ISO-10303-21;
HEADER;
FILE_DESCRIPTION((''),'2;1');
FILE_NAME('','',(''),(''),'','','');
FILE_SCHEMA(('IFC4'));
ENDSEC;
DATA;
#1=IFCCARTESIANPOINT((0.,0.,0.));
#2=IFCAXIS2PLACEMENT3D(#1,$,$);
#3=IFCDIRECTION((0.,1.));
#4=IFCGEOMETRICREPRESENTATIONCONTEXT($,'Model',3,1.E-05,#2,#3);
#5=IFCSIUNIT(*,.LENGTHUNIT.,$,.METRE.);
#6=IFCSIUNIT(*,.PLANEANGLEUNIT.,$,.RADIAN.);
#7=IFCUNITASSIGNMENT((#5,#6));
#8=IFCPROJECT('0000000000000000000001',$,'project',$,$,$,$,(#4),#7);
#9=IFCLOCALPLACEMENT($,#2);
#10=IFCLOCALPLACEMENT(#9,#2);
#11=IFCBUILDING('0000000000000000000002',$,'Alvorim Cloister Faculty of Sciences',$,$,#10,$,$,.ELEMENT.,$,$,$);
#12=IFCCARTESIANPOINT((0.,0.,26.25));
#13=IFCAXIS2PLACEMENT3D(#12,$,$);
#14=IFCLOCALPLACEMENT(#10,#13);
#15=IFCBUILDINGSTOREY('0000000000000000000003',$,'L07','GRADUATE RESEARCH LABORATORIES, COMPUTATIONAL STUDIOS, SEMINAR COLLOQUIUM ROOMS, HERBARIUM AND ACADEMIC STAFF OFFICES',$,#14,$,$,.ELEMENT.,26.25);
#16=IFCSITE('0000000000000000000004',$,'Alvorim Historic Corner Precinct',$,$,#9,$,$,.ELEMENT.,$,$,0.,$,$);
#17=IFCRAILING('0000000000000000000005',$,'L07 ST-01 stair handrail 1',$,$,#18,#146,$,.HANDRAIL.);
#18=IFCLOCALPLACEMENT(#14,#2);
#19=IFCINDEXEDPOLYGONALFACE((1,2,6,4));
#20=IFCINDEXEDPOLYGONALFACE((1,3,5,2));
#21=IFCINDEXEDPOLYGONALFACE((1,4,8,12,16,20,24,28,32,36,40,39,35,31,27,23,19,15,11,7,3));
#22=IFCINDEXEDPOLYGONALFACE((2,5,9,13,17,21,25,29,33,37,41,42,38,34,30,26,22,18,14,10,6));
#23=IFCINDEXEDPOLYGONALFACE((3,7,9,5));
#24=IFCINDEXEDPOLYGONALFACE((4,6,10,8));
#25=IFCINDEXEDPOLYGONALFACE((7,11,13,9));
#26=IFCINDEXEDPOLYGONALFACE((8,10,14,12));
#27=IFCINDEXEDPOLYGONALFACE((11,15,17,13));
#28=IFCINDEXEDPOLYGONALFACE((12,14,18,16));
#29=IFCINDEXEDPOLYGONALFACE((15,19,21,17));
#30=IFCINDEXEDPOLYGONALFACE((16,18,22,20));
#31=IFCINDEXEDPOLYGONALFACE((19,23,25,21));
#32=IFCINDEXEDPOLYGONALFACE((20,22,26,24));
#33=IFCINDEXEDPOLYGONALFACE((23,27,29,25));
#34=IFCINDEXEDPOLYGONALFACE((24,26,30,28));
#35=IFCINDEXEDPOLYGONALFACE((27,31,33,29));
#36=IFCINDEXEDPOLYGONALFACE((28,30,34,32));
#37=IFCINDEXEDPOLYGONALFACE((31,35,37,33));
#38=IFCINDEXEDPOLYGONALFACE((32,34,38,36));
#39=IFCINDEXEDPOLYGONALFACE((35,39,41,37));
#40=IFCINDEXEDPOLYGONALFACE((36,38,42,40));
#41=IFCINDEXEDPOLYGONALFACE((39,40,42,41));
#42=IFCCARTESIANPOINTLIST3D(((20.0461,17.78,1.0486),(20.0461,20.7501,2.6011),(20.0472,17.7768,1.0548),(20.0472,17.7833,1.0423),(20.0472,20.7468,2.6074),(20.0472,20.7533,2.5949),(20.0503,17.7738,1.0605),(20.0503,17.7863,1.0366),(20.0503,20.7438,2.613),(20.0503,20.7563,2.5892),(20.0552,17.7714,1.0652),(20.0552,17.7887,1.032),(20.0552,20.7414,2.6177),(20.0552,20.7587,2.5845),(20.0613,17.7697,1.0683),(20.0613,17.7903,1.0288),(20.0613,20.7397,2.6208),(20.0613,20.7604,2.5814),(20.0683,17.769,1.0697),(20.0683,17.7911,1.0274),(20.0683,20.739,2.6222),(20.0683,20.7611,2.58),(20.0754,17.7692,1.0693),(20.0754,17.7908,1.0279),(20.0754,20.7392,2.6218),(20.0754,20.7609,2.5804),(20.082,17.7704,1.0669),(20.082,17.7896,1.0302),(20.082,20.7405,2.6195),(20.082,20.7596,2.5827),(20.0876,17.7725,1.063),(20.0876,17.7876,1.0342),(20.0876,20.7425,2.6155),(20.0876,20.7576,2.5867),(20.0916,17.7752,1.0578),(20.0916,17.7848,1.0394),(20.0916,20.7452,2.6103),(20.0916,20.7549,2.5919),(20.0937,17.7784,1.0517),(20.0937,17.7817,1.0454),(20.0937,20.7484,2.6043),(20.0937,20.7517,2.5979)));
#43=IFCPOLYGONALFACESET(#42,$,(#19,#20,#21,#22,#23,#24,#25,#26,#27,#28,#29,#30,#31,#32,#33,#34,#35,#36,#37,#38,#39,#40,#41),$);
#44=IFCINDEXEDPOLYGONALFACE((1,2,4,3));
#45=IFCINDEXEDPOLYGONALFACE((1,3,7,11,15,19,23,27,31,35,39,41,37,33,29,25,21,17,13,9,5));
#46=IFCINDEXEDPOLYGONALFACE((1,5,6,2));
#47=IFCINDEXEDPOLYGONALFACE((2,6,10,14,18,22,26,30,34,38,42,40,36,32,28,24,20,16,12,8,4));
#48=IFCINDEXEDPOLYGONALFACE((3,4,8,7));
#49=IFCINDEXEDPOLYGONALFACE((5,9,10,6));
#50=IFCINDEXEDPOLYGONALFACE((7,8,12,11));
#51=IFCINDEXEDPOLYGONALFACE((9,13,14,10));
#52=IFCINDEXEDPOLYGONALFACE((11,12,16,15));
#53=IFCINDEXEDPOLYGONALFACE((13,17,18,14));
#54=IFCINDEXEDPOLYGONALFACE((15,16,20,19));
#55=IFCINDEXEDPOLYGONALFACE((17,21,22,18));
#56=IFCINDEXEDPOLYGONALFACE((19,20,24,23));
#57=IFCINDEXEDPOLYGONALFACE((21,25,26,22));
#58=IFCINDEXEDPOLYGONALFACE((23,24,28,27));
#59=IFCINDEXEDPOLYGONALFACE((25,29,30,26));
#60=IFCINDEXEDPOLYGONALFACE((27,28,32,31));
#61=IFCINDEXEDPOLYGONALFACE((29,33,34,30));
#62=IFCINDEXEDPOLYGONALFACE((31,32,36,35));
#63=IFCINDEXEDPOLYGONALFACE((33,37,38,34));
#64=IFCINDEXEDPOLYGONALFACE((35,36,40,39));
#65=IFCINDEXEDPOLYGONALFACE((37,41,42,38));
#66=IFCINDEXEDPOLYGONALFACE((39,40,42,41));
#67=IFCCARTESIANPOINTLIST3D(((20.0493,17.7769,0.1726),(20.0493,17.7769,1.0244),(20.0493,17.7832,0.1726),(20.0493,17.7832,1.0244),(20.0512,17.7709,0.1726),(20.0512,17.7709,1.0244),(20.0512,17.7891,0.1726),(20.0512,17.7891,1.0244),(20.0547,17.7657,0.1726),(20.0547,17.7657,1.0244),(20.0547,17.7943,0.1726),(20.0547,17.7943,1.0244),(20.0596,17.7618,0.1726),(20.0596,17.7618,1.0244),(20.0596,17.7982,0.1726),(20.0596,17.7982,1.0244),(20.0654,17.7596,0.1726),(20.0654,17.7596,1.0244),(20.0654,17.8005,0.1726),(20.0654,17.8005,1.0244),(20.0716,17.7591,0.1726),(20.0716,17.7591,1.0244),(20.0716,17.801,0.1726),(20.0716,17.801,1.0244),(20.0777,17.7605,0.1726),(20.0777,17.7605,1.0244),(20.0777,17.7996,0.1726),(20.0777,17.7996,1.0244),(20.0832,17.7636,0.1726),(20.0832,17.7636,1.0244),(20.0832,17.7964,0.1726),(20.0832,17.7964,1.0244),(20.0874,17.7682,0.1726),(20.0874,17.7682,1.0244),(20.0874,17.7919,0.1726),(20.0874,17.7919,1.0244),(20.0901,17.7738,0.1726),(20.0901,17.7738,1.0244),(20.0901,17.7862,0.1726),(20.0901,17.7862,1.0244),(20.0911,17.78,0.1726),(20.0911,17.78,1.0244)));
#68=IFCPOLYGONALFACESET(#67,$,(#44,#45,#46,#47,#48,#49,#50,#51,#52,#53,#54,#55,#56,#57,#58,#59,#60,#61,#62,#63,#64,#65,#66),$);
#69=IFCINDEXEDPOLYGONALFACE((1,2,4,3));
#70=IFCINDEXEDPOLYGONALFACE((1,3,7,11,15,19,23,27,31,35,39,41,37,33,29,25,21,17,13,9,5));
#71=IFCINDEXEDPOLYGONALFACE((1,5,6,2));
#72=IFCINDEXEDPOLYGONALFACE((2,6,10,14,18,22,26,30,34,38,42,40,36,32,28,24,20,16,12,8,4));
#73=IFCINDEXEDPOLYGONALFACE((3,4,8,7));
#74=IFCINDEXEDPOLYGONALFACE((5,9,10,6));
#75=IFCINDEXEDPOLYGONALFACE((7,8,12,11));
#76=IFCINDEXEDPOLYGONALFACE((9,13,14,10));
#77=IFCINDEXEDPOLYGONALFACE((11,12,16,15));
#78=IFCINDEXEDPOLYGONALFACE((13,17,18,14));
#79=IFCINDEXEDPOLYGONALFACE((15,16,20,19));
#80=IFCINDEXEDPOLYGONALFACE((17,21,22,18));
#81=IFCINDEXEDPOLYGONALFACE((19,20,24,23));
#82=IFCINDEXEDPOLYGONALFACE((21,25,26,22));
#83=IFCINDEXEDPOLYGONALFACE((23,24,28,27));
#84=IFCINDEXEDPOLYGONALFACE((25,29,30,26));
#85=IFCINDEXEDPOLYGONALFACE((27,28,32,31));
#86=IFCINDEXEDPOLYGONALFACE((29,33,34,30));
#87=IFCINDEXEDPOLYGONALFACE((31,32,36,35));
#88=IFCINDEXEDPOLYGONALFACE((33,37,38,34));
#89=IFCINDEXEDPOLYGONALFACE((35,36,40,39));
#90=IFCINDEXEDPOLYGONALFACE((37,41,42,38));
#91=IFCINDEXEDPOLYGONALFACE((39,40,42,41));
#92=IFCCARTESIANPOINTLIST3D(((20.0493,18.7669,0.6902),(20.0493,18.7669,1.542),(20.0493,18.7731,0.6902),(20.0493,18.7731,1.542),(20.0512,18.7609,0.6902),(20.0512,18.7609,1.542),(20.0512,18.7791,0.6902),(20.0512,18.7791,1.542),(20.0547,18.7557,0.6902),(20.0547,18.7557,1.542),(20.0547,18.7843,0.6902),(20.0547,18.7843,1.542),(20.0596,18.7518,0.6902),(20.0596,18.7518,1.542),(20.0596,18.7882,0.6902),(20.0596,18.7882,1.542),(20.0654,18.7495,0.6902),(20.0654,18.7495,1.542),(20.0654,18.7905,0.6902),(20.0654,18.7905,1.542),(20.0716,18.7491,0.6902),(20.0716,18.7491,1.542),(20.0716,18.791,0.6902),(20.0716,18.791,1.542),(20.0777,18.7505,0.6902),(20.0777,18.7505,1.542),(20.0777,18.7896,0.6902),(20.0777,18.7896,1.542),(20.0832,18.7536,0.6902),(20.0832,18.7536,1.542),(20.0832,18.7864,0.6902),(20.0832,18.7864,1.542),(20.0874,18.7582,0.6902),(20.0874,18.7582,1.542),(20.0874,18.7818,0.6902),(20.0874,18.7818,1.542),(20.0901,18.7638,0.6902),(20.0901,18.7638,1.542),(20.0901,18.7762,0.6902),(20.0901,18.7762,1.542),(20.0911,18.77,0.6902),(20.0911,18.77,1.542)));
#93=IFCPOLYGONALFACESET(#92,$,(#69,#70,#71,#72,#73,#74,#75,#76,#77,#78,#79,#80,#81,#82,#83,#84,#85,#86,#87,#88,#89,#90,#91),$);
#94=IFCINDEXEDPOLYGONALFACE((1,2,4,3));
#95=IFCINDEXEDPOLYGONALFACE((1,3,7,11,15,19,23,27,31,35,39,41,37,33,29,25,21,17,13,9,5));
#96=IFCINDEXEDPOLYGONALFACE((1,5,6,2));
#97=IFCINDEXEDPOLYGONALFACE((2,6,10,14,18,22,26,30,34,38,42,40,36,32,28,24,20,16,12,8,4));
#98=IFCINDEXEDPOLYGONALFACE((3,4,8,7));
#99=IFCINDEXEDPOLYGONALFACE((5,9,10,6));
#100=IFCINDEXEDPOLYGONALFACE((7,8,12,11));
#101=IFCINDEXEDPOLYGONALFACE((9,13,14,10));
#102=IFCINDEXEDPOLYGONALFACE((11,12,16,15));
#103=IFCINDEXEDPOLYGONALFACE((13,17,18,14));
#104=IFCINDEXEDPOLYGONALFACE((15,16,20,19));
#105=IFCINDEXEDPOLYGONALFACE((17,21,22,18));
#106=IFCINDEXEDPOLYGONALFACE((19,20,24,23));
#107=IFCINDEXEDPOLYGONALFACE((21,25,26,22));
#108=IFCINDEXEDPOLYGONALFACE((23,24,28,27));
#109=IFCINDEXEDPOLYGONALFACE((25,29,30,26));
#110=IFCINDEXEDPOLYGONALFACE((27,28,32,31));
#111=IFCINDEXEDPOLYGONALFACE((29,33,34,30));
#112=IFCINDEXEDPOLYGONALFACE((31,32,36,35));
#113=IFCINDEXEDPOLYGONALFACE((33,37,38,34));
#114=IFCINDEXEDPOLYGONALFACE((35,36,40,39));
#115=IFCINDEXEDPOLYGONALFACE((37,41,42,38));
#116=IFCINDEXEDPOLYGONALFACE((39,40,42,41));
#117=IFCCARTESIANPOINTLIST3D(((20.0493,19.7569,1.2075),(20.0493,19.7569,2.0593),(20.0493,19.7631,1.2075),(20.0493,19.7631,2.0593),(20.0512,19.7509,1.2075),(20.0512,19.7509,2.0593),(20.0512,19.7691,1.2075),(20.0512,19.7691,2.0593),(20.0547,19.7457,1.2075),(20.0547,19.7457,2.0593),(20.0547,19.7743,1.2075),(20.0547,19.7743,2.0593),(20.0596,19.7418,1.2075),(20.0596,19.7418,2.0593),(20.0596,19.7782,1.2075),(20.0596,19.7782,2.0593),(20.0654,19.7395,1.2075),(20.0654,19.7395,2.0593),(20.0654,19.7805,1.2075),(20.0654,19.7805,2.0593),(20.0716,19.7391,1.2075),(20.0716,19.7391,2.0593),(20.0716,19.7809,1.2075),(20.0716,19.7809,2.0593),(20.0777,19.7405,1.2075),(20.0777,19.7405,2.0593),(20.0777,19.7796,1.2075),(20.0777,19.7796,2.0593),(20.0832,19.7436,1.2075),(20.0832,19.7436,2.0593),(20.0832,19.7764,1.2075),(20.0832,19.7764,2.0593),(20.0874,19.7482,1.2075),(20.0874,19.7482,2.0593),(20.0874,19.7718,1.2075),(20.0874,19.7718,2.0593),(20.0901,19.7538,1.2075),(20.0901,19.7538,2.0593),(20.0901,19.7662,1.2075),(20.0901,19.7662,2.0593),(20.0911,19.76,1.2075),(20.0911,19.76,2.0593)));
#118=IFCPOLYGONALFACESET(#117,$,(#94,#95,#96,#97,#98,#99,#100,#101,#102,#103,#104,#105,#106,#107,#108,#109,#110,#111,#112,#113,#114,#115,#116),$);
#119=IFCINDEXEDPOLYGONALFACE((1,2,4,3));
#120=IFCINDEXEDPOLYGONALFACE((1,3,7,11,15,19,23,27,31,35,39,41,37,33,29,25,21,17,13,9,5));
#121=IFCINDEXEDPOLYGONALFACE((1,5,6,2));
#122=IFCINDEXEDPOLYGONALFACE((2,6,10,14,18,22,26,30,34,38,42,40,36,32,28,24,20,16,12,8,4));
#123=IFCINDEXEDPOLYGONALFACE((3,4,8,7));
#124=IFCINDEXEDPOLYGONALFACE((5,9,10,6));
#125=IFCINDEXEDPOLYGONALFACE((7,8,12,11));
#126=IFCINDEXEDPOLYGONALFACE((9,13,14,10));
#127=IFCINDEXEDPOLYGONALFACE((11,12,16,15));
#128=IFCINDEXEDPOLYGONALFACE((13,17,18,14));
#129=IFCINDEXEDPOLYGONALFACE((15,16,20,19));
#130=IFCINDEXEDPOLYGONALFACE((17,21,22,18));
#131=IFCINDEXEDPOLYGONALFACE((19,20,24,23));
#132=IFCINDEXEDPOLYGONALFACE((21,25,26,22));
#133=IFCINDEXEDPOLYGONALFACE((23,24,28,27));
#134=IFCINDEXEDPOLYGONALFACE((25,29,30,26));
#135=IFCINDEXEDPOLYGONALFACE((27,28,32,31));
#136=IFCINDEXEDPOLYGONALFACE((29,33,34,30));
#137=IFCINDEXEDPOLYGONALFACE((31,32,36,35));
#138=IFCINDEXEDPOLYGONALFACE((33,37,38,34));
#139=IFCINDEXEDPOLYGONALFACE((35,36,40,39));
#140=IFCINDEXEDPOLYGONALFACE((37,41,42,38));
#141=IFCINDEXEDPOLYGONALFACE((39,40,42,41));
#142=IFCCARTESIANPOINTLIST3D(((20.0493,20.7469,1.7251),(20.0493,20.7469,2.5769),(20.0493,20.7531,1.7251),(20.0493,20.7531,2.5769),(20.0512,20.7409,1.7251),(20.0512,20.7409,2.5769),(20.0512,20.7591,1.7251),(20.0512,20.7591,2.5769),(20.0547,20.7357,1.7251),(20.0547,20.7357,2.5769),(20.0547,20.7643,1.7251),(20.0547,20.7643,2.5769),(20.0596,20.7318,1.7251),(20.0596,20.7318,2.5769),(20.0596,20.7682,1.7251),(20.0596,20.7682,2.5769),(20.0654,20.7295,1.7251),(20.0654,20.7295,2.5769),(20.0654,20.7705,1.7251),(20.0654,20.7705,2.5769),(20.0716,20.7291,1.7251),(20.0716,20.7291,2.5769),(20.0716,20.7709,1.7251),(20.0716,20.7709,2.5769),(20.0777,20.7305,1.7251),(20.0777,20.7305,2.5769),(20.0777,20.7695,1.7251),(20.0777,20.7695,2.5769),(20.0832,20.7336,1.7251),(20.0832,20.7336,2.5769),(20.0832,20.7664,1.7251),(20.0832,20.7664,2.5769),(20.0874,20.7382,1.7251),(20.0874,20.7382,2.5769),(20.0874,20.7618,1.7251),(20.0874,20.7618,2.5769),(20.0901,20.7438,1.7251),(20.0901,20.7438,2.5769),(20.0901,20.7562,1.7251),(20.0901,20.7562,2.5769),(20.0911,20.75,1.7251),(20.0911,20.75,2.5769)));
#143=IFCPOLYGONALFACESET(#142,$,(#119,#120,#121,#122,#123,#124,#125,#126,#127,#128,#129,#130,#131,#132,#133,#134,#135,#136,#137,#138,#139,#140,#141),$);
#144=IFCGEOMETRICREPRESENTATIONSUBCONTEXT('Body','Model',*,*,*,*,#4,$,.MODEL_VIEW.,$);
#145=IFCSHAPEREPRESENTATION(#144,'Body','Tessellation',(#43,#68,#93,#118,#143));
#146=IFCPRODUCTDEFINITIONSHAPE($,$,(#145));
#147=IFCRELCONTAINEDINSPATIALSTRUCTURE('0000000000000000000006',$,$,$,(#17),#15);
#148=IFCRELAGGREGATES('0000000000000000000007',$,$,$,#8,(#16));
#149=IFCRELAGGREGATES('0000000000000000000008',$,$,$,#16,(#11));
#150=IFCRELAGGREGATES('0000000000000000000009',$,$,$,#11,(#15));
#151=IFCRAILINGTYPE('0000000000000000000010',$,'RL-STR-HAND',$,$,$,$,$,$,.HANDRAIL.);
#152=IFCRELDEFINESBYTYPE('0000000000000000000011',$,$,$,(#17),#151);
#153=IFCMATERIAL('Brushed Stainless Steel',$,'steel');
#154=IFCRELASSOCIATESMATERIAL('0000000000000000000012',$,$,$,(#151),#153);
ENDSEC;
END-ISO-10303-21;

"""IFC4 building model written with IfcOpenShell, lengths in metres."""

from ifc_helpers import new_model, si_unit, direction, frame, origin, origin_2d, place, context, subcontext, project, spatial, circle, extrude, material, type_object, element, save


model = new_model("IFC4")

# Units and contexts
model_context = context("Model", 3, precision=1e-05, world=origin(), true_north=direction((0.0, 1.0)))
body_context = subcontext(model_context, "Body", "Model", "MODEL_VIEW")
ifc_project = project(units=[si_unit("LENGTHUNIT", "METRE"), si_unit("PLANEANGLEUNIT", "RADIAN")], contexts=[model_context])

# Site, building, storey
site_placement = place(None, origin())
site = spatial("IfcSite", under=ifc_project, at=site_placement, Name="Alvorim Historic Corner Precinct", CompositionType="ELEMENT", RefElevation=0.0)
building_placement = place(site_placement, origin())
building = spatial("IfcBuilding", under=site, at=building_placement, Name="Alvorim Cloister Faculty of Sciences", CompositionType="ELEMENT")
storey_placement = place(building_placement, frame((0.0, 0.0, 26.25)))
storey = spatial("IfcBuildingStorey", under=building, at=storey_placement, Name="L07", Description="GRADUATE RESEARCH LABORATORIES, COMPUTATIONAL STUDIOS, SEMINAR COLLOQUIUM ROOMS, HERBARIUM AND ACADEMIC STAFF OFFICES", CompositionType="ELEMENT", Elevation=26.25)

# Shared definitions
ifc_material_1 = material(Name="Brushed Stainless Steel", Category="steel")

# Railing
railing_type_1 = type_object("IfcRailingType", Name="RL-STR-HAND", PredefinedType="HANDRAIL", material=ifc_material_1)
railing_1_placement = place(storey_placement, frame((20.0701, 17.78, 0.1726)))
element("IfcRailing", 1, at=railing_1_placement, inside=storey, type_object=railing_type_1, Name="L07 ST-01 stair handrail 1", PredefinedType="HANDRAIL", context=body_context, shape_type="SweptSolid", body=[
    extrude(circle(Radius=0.0239, at=origin_2d()), frame((0.0, 0.0, 0.876), z_axis=(0.0, 0.886225, 0.463256), x_axis=(-1.0, 0.0, 0.0)), (0.0, 0.0, 1.0), 3.3513),
    extrude(circle(Radius=0.021, at=origin_2d()), origin(), (0.0, 0.0, 1.0), 0.8518),
    extrude(circle(Radius=0.021, at=origin_2d()), frame((0.0, 0.99, 0.5176)), (0.0, 0.0, 1.0), 0.8518),
    extrude(circle(Radius=0.021, at=origin_2d()), frame((0.0, 1.98, 1.0349)), (0.0, 0.0, 1.0), 0.8518),
    extrude(circle(Radius=0.021, at=origin_2d()), frame((0.0, 2.97, 1.5525)), (0.0, 0.0, 1.0), 0.8518),
])

save(model, "model.ifc")
